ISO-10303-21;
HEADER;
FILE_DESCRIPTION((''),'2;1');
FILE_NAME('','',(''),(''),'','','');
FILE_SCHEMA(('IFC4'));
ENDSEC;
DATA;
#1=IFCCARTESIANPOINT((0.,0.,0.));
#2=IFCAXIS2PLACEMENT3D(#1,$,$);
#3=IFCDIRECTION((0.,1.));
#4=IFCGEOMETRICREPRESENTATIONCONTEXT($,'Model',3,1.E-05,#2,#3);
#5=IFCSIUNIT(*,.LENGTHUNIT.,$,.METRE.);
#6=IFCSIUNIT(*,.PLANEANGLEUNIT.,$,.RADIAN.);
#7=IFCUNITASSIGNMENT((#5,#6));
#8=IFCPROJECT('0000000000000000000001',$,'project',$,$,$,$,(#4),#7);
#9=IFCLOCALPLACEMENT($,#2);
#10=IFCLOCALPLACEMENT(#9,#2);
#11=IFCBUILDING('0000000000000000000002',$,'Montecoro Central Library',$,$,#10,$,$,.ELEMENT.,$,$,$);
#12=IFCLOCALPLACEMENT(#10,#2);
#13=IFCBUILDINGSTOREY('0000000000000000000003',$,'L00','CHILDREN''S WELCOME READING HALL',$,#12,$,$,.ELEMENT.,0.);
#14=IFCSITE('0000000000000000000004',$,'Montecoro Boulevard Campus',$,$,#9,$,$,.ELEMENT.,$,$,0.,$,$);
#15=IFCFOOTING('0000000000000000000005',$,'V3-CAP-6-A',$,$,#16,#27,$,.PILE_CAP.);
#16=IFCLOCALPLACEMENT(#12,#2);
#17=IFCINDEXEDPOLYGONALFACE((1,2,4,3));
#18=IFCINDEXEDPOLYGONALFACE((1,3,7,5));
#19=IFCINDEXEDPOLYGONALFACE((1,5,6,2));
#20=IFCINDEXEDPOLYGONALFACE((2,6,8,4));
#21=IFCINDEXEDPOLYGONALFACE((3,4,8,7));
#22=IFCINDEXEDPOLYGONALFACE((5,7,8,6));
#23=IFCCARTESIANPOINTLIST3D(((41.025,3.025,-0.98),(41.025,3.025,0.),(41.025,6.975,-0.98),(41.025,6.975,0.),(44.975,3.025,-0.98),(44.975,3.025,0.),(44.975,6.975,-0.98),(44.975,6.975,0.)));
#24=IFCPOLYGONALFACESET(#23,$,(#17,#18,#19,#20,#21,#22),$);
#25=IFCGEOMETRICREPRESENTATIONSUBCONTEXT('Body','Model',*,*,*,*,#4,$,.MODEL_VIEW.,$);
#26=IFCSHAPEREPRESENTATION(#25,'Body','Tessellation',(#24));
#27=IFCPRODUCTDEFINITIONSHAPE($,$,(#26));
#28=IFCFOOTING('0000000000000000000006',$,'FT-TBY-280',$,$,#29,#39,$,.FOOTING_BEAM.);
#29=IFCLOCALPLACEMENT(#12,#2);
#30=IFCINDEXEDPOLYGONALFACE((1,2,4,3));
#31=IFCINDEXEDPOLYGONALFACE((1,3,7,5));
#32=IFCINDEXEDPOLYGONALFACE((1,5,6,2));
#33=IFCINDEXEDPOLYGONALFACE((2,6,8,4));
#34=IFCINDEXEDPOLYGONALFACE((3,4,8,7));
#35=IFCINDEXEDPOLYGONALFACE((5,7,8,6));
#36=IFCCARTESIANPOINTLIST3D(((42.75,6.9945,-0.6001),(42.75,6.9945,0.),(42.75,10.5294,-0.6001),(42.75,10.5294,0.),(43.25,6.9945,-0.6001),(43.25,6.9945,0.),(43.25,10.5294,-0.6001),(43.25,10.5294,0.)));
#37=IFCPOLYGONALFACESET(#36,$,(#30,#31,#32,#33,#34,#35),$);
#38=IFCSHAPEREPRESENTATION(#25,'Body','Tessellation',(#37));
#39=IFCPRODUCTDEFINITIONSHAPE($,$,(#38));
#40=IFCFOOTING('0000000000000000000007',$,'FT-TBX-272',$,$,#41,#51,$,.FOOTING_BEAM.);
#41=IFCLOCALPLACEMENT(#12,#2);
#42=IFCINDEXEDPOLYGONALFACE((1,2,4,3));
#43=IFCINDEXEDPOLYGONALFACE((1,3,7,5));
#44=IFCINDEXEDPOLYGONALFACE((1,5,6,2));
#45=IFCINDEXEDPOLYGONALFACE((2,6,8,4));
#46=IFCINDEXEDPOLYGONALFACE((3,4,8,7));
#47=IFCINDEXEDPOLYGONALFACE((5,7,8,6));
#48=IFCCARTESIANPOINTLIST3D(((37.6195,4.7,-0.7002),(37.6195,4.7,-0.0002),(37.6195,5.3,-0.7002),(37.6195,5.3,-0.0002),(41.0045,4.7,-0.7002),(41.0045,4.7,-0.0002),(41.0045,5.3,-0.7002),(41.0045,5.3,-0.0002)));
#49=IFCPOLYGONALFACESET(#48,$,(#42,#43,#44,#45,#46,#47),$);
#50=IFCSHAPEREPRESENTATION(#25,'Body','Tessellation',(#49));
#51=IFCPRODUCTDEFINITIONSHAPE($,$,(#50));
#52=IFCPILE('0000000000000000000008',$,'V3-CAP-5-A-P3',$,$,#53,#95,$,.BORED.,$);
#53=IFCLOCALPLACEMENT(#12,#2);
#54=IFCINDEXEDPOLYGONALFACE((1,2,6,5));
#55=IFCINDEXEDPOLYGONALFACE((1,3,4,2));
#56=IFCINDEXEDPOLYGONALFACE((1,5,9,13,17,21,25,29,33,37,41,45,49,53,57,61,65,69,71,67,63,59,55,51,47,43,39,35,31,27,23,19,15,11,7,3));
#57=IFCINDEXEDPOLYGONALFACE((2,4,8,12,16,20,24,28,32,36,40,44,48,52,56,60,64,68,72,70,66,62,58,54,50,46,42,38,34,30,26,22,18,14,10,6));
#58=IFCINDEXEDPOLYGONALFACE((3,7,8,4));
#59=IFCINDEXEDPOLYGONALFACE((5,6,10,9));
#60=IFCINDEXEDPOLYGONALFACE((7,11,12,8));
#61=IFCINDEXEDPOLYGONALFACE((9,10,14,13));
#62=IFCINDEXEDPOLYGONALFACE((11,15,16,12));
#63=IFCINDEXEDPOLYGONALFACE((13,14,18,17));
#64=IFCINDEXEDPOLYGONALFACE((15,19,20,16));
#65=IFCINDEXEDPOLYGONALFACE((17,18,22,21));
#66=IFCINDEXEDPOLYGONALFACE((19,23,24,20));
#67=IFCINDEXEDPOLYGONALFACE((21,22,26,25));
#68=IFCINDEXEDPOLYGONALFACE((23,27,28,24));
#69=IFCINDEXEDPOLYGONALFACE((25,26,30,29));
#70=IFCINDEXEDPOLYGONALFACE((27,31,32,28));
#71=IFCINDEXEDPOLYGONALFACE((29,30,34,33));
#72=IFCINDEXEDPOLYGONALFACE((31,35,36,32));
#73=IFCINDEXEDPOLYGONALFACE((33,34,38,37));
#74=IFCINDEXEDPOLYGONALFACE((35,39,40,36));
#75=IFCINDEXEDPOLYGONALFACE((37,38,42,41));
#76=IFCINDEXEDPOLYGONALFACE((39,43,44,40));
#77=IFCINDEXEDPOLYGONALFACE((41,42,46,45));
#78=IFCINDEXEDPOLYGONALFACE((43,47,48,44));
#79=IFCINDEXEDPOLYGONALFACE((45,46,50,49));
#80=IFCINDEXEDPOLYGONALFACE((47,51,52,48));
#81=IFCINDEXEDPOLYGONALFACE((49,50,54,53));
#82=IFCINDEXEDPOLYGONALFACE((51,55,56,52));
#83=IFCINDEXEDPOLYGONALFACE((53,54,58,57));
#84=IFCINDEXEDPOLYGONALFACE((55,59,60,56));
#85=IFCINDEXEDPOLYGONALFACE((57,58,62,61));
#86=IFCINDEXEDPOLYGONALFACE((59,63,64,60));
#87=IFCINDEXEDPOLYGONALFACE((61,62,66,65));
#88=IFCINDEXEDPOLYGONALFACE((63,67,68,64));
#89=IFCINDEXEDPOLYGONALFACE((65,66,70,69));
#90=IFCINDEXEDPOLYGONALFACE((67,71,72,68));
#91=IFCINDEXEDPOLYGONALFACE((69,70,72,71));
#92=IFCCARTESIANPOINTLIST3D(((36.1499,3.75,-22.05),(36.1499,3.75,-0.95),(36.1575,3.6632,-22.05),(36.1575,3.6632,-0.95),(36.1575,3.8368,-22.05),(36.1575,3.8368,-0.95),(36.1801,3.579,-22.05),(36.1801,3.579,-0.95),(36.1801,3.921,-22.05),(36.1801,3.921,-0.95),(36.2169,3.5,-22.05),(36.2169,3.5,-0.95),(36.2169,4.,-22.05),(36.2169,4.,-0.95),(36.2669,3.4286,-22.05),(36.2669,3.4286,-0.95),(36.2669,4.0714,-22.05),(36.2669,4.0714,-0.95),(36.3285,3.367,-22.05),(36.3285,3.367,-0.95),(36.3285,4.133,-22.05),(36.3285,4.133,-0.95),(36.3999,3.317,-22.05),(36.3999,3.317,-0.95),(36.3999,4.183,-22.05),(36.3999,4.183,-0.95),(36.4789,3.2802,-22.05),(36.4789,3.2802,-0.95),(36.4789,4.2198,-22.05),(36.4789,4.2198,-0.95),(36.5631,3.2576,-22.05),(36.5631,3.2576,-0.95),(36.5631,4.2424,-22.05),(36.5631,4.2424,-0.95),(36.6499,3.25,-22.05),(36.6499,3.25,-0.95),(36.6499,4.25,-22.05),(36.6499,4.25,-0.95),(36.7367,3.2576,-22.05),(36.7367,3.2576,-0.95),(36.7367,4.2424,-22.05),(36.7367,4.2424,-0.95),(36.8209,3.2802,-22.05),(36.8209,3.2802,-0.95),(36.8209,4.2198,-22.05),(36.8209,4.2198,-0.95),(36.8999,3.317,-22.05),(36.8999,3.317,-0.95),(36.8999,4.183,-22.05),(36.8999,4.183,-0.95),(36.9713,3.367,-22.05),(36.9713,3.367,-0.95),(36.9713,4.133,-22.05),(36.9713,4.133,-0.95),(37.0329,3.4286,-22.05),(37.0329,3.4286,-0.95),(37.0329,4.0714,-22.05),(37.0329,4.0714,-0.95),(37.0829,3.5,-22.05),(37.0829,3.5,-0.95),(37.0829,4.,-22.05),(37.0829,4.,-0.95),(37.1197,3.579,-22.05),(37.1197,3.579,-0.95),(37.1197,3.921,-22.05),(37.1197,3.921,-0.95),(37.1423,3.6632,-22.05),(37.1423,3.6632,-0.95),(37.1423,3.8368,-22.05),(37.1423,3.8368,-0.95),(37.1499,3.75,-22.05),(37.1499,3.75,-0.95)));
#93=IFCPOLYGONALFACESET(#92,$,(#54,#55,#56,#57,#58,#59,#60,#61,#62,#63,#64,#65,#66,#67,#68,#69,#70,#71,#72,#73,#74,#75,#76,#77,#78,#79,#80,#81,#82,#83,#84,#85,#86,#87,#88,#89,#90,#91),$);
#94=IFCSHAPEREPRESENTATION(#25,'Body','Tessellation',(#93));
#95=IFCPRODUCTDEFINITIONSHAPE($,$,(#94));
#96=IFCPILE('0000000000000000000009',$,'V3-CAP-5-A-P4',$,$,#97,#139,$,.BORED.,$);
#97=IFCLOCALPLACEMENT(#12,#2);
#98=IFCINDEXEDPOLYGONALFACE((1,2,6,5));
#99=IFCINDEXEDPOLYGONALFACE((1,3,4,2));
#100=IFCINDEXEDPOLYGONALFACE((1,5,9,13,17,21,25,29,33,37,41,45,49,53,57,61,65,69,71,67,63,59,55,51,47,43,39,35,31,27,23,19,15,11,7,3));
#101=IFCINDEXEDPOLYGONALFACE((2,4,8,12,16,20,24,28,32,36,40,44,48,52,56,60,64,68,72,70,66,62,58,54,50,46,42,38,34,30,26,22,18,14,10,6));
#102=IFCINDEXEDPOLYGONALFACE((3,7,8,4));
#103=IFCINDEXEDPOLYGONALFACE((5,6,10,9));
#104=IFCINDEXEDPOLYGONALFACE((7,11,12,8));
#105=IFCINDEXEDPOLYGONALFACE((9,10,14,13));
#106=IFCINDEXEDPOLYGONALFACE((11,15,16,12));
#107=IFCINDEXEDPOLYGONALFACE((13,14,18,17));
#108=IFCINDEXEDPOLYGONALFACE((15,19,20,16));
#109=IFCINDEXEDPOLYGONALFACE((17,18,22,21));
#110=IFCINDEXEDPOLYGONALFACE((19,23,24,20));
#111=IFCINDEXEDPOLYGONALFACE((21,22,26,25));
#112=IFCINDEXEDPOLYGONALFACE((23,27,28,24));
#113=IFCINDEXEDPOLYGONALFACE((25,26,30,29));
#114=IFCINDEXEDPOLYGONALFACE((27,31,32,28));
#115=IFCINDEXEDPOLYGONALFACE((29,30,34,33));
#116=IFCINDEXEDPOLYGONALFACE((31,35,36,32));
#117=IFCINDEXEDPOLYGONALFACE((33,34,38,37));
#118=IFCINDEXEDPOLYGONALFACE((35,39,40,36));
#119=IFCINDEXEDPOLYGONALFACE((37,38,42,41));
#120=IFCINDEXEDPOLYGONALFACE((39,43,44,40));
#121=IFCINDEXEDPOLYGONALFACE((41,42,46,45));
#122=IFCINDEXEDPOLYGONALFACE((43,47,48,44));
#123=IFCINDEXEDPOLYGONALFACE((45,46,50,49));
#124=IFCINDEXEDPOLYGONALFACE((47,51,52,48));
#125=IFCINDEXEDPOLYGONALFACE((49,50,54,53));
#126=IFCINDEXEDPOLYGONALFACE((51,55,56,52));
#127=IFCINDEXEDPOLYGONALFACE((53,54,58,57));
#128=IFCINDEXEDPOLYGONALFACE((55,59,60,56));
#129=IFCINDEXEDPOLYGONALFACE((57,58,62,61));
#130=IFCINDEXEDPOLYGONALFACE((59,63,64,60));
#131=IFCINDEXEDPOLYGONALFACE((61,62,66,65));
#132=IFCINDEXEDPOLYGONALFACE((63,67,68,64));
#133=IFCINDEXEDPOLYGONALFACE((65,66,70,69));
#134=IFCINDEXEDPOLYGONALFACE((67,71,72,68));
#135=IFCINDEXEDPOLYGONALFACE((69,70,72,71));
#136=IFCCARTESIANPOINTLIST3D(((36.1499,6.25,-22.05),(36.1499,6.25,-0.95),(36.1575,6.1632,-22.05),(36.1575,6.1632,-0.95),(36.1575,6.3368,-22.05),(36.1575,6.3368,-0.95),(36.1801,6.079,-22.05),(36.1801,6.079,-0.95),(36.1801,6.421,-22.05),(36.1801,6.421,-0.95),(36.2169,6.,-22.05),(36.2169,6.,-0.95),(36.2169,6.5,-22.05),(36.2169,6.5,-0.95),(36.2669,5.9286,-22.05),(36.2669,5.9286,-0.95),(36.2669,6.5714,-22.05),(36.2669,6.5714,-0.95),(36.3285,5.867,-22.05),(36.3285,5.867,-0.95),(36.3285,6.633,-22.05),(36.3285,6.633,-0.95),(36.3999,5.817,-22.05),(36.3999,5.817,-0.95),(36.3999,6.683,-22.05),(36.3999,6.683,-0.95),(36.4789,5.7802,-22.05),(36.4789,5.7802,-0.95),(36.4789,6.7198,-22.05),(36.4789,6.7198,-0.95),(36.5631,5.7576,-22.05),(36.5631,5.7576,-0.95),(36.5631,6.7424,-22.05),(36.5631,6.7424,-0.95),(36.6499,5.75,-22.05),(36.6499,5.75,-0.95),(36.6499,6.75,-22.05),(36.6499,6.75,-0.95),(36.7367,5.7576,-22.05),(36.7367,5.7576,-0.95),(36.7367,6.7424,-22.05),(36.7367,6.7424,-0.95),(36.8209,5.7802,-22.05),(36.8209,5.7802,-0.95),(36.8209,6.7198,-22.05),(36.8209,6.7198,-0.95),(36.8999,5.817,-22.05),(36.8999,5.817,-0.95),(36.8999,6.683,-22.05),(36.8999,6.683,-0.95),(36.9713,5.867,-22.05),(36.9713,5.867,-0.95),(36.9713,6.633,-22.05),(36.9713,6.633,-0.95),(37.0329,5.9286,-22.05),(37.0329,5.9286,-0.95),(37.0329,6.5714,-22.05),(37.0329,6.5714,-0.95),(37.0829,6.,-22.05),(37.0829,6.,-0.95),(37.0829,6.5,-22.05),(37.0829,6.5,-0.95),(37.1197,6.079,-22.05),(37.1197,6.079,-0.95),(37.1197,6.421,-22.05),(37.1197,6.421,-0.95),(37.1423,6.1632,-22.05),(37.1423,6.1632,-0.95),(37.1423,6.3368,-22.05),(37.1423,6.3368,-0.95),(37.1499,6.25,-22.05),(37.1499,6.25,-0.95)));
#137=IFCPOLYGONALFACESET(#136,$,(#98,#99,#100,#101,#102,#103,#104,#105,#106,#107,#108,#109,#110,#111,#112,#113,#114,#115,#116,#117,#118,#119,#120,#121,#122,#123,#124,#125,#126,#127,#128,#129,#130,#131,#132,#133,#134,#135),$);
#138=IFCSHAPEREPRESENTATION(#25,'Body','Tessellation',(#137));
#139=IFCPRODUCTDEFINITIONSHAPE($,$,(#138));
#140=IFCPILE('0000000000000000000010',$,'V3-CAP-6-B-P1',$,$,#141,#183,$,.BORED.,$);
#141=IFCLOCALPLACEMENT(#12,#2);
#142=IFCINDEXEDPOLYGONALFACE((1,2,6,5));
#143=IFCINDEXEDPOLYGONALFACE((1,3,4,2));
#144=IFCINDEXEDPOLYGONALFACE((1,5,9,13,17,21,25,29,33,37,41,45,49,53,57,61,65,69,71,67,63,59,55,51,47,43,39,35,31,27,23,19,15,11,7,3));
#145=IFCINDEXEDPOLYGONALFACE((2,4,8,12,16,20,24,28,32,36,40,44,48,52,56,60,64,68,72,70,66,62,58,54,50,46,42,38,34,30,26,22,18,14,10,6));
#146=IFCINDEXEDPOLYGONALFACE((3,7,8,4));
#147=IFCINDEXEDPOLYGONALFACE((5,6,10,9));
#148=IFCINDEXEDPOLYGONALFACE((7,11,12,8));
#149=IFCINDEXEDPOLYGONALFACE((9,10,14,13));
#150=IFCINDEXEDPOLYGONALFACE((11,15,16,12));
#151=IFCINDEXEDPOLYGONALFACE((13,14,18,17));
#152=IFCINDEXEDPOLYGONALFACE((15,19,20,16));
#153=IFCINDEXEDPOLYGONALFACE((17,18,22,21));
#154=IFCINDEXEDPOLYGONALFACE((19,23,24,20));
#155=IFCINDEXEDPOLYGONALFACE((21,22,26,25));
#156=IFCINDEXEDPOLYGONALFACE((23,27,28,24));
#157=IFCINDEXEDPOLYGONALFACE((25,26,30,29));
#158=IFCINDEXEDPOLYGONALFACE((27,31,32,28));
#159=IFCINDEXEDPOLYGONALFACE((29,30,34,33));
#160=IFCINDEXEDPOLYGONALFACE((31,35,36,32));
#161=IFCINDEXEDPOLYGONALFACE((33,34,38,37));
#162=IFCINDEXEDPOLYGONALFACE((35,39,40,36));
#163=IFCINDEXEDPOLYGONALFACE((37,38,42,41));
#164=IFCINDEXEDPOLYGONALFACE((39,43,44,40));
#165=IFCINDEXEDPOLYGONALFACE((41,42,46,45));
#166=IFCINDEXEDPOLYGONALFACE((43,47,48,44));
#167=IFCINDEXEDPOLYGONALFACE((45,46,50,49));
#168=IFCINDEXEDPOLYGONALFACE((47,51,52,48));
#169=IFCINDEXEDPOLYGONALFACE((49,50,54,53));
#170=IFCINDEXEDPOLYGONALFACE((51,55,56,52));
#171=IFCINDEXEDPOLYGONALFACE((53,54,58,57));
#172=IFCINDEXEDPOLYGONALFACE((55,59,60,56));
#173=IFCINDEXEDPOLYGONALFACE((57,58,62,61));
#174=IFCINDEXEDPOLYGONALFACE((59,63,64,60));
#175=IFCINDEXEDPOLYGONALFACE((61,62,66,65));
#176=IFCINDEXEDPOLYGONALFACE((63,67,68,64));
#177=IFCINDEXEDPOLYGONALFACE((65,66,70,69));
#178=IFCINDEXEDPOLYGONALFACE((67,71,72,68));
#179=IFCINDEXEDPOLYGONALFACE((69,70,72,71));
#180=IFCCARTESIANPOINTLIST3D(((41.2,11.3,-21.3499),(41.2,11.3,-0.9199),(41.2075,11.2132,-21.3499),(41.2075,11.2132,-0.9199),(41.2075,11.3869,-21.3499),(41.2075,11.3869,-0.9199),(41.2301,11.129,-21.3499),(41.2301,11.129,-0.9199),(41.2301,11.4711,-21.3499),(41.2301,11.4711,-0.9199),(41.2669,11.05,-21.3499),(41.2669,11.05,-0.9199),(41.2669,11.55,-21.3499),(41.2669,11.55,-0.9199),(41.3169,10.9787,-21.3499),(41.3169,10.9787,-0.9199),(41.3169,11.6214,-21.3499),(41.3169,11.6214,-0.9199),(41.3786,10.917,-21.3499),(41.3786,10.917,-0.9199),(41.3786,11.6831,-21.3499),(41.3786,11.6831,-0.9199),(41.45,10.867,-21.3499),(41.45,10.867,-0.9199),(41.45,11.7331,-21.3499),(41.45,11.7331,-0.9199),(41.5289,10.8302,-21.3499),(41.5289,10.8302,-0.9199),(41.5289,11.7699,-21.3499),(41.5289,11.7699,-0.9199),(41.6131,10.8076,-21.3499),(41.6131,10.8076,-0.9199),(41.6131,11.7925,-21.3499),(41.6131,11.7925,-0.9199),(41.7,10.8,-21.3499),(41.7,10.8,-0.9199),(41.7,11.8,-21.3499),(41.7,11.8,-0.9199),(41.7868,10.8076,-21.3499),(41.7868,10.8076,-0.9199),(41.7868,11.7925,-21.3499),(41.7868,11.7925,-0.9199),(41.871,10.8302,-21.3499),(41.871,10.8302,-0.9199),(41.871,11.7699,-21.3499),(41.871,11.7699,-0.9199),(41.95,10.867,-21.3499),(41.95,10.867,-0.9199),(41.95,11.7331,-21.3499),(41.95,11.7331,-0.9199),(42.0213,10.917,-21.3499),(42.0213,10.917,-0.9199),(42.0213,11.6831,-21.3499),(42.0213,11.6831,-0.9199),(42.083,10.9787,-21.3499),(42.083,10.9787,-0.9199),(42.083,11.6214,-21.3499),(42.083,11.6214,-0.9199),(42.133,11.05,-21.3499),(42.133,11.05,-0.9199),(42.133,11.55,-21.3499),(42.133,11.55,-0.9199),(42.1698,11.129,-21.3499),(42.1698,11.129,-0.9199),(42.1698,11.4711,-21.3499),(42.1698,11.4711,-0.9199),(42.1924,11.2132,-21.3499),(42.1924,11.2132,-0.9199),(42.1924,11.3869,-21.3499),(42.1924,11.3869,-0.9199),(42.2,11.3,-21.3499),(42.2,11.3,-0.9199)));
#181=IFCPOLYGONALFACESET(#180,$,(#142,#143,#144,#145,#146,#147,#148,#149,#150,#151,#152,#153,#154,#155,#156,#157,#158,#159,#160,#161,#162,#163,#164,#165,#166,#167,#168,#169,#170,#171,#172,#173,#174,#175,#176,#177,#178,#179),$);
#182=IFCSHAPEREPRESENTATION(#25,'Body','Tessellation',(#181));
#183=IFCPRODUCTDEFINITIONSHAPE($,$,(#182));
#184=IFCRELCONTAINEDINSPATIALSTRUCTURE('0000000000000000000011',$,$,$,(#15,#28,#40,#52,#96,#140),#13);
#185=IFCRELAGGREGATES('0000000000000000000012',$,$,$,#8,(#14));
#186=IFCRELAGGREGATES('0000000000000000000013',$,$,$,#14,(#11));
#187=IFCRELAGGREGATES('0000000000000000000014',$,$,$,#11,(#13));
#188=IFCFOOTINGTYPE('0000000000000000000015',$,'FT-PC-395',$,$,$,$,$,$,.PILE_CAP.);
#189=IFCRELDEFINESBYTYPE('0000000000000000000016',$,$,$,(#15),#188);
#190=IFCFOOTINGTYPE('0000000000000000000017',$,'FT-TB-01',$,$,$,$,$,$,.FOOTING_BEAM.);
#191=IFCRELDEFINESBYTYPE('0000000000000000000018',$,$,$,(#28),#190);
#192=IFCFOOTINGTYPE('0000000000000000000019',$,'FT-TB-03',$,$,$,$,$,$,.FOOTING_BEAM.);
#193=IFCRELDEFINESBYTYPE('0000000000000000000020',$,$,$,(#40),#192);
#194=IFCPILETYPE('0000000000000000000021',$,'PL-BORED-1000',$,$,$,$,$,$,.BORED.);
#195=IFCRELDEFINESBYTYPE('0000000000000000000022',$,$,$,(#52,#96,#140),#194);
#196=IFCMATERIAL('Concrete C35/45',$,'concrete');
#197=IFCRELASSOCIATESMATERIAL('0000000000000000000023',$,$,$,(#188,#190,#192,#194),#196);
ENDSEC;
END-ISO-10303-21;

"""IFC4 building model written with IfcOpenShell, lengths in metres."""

from ifc_helpers import new_model, si_unit, direction, frame, origin, origin_2d, place, context, subcontext, project, spatial, rectangle, circle, extrude, material, material_profile, profile_set, type_object, element, save


model = new_model("IFC4")

# Units and contexts
model_context = context("Model", 3, precision=1e-05, world=origin(), true_north=direction((0.0, 1.0)))
body_context = subcontext(model_context, "Body", "Model", "MODEL_VIEW")
ifc_project = project(units=[si_unit("LENGTHUNIT", "METRE"), si_unit("PLANEANGLEUNIT", "RADIAN")], contexts=[model_context])

# Site, building, storey
site_placement = place(None, origin())
site = spatial("IfcSite", under=ifc_project, at=site_placement, Name="Montecoro Boulevard Campus", CompositionType="ELEMENT", RefElevation=0.0)
building_placement = place(site_placement, origin())
building = spatial("IfcBuilding", under=site, at=building_placement, Name="Montecoro Central Library", CompositionType="ELEMENT")
storey_placement = place(building_placement, origin())
storey = spatial("IfcBuildingStorey", under=building, at=storey_placement, Name="L00", Description="CHILDREN'S WELCOME READING HALL", CompositionType="ELEMENT", Elevation=0.0)

# Footings
ifc_material_1 = material(Name="Concrete C35/45", Category="concrete")
footing_type_1 = type_object("IfcFootingType", Name="FT-PC-395", PredefinedType="PILE_CAP", material=ifc_material_1)
footing_1_placement = place(storey_placement, frame((43.0, 5.0, -0.98), z_axis=(0.0, 0.0, 1.0), x_axis=(1.0, 0.0, 0.0)))
element("IfcFooting", 1, at=footing_1_placement, inside=storey, type_object=footing_type_1, Name="V3-CAP-6-A", PredefinedType="PILE_CAP", context=body_context, shape_type="SweptSolid", body=[
    extrude(rectangle(XDim=3.95, YDim=3.95, at=origin_2d()), origin(), (0.0, 0.0, 1.0), 0.98),
])
footing_type_2 = type_object("IfcFootingType", Name="FT-TB-01", PredefinedType="FOOTING_BEAM", material=ifc_material_1)
footing_2_placement = place(storey_placement, frame((43.0, 8.762, -0.6001), z_axis=(0.0, 0.0, 1.0), x_axis=(1.0, 0.0, 0.0)))
element("IfcFooting", 2, at=footing_2_placement, inside=storey, type_object=footing_type_2, Name="FT-TBY-280", PredefinedType="FOOTING_BEAM", context=body_context, shape_type="SweptSolid", body=[
    extrude(rectangle(XDim=0.5, YDim=3.5349, at=origin_2d()), origin(), (0.0, 0.0, 1.0), 0.6001),
])
footing_type_3 = type_object("IfcFootingType", Name="FT-TB-03", PredefinedType="FOOTING_BEAM", material=ifc_material_1)
footing_3_placement = place(storey_placement, frame((39.312, 5.0, -0.7002), z_axis=(0.0, 0.0, 1.0), x_axis=(1.0, 0.0, 0.0)))
element("IfcFooting", 3, at=footing_3_placement, inside=storey, type_object=footing_type_3, Name="FT-TBX-272", PredefinedType="FOOTING_BEAM", context=body_context, shape_type="SweptSolid", body=[
    extrude(rectangle(XDim=3.385, YDim=0.6001, at=origin_2d()), origin(), (0.0, 0.0, 1.0), 0.7),
])

# Piles
ifc_material_profile_1 = material_profile(ifc_material_1, circle(Radius=0.5, at=origin_2d()), Name="PILE D1000")
ifc_profile_set_1 = profile_set([ifc_material_profile_1], Name="Concrete C35/45")
pile_type_1 = type_object("IfcPileType", Name="PL-BORED-1000", PredefinedType="BORED", material=ifc_profile_set_1)
for number, where, z_axis, x_axis, name in (
    (4, (36.6499, 3.75, -0.95), (0.0, 0.0, -1.0), (1.0, 0.0, 0.0), "V3-CAP-5-A-P3"),
    (5, (36.6499, 6.25, -0.95), (0.0, 0.0, -1.0), (1.0, 0.0, 0.0), "V3-CAP-5-A-P4"),
):
    element("IfcPile", number, at=place(storey_placement, frame(where, z_axis=z_axis, x_axis=x_axis)), inside=storey, type_object=pile_type_1, Name=name, PredefinedType="BORED", context=body_context, shape_type="SweptSolid", body=[
        extrude(circle(Radius=0.5, at=origin_2d()), origin(), (0.0, 0.0, 1.0), 21.1001),
    ])
for number, where, z_axis, x_axis, name in (
    (6, (41.7, 11.3, -0.9199), (0.0, 0.0, -1.0), (1.0, 0.0, 0.0), "V3-CAP-6-B-P1"),
):
    element("IfcPile", number, at=place(storey_placement, frame(where, z_axis=z_axis, x_axis=x_axis)), inside=storey, type_object=pile_type_1, Name=name, PredefinedType="BORED", context=body_context, shape_type="SweptSolid", body=[
        extrude(circle(Radius=0.5, at=origin_2d()), origin(), (0.0, 0.0, 1.0), 20.4299),
    ])

save(model, "model.ifc")
